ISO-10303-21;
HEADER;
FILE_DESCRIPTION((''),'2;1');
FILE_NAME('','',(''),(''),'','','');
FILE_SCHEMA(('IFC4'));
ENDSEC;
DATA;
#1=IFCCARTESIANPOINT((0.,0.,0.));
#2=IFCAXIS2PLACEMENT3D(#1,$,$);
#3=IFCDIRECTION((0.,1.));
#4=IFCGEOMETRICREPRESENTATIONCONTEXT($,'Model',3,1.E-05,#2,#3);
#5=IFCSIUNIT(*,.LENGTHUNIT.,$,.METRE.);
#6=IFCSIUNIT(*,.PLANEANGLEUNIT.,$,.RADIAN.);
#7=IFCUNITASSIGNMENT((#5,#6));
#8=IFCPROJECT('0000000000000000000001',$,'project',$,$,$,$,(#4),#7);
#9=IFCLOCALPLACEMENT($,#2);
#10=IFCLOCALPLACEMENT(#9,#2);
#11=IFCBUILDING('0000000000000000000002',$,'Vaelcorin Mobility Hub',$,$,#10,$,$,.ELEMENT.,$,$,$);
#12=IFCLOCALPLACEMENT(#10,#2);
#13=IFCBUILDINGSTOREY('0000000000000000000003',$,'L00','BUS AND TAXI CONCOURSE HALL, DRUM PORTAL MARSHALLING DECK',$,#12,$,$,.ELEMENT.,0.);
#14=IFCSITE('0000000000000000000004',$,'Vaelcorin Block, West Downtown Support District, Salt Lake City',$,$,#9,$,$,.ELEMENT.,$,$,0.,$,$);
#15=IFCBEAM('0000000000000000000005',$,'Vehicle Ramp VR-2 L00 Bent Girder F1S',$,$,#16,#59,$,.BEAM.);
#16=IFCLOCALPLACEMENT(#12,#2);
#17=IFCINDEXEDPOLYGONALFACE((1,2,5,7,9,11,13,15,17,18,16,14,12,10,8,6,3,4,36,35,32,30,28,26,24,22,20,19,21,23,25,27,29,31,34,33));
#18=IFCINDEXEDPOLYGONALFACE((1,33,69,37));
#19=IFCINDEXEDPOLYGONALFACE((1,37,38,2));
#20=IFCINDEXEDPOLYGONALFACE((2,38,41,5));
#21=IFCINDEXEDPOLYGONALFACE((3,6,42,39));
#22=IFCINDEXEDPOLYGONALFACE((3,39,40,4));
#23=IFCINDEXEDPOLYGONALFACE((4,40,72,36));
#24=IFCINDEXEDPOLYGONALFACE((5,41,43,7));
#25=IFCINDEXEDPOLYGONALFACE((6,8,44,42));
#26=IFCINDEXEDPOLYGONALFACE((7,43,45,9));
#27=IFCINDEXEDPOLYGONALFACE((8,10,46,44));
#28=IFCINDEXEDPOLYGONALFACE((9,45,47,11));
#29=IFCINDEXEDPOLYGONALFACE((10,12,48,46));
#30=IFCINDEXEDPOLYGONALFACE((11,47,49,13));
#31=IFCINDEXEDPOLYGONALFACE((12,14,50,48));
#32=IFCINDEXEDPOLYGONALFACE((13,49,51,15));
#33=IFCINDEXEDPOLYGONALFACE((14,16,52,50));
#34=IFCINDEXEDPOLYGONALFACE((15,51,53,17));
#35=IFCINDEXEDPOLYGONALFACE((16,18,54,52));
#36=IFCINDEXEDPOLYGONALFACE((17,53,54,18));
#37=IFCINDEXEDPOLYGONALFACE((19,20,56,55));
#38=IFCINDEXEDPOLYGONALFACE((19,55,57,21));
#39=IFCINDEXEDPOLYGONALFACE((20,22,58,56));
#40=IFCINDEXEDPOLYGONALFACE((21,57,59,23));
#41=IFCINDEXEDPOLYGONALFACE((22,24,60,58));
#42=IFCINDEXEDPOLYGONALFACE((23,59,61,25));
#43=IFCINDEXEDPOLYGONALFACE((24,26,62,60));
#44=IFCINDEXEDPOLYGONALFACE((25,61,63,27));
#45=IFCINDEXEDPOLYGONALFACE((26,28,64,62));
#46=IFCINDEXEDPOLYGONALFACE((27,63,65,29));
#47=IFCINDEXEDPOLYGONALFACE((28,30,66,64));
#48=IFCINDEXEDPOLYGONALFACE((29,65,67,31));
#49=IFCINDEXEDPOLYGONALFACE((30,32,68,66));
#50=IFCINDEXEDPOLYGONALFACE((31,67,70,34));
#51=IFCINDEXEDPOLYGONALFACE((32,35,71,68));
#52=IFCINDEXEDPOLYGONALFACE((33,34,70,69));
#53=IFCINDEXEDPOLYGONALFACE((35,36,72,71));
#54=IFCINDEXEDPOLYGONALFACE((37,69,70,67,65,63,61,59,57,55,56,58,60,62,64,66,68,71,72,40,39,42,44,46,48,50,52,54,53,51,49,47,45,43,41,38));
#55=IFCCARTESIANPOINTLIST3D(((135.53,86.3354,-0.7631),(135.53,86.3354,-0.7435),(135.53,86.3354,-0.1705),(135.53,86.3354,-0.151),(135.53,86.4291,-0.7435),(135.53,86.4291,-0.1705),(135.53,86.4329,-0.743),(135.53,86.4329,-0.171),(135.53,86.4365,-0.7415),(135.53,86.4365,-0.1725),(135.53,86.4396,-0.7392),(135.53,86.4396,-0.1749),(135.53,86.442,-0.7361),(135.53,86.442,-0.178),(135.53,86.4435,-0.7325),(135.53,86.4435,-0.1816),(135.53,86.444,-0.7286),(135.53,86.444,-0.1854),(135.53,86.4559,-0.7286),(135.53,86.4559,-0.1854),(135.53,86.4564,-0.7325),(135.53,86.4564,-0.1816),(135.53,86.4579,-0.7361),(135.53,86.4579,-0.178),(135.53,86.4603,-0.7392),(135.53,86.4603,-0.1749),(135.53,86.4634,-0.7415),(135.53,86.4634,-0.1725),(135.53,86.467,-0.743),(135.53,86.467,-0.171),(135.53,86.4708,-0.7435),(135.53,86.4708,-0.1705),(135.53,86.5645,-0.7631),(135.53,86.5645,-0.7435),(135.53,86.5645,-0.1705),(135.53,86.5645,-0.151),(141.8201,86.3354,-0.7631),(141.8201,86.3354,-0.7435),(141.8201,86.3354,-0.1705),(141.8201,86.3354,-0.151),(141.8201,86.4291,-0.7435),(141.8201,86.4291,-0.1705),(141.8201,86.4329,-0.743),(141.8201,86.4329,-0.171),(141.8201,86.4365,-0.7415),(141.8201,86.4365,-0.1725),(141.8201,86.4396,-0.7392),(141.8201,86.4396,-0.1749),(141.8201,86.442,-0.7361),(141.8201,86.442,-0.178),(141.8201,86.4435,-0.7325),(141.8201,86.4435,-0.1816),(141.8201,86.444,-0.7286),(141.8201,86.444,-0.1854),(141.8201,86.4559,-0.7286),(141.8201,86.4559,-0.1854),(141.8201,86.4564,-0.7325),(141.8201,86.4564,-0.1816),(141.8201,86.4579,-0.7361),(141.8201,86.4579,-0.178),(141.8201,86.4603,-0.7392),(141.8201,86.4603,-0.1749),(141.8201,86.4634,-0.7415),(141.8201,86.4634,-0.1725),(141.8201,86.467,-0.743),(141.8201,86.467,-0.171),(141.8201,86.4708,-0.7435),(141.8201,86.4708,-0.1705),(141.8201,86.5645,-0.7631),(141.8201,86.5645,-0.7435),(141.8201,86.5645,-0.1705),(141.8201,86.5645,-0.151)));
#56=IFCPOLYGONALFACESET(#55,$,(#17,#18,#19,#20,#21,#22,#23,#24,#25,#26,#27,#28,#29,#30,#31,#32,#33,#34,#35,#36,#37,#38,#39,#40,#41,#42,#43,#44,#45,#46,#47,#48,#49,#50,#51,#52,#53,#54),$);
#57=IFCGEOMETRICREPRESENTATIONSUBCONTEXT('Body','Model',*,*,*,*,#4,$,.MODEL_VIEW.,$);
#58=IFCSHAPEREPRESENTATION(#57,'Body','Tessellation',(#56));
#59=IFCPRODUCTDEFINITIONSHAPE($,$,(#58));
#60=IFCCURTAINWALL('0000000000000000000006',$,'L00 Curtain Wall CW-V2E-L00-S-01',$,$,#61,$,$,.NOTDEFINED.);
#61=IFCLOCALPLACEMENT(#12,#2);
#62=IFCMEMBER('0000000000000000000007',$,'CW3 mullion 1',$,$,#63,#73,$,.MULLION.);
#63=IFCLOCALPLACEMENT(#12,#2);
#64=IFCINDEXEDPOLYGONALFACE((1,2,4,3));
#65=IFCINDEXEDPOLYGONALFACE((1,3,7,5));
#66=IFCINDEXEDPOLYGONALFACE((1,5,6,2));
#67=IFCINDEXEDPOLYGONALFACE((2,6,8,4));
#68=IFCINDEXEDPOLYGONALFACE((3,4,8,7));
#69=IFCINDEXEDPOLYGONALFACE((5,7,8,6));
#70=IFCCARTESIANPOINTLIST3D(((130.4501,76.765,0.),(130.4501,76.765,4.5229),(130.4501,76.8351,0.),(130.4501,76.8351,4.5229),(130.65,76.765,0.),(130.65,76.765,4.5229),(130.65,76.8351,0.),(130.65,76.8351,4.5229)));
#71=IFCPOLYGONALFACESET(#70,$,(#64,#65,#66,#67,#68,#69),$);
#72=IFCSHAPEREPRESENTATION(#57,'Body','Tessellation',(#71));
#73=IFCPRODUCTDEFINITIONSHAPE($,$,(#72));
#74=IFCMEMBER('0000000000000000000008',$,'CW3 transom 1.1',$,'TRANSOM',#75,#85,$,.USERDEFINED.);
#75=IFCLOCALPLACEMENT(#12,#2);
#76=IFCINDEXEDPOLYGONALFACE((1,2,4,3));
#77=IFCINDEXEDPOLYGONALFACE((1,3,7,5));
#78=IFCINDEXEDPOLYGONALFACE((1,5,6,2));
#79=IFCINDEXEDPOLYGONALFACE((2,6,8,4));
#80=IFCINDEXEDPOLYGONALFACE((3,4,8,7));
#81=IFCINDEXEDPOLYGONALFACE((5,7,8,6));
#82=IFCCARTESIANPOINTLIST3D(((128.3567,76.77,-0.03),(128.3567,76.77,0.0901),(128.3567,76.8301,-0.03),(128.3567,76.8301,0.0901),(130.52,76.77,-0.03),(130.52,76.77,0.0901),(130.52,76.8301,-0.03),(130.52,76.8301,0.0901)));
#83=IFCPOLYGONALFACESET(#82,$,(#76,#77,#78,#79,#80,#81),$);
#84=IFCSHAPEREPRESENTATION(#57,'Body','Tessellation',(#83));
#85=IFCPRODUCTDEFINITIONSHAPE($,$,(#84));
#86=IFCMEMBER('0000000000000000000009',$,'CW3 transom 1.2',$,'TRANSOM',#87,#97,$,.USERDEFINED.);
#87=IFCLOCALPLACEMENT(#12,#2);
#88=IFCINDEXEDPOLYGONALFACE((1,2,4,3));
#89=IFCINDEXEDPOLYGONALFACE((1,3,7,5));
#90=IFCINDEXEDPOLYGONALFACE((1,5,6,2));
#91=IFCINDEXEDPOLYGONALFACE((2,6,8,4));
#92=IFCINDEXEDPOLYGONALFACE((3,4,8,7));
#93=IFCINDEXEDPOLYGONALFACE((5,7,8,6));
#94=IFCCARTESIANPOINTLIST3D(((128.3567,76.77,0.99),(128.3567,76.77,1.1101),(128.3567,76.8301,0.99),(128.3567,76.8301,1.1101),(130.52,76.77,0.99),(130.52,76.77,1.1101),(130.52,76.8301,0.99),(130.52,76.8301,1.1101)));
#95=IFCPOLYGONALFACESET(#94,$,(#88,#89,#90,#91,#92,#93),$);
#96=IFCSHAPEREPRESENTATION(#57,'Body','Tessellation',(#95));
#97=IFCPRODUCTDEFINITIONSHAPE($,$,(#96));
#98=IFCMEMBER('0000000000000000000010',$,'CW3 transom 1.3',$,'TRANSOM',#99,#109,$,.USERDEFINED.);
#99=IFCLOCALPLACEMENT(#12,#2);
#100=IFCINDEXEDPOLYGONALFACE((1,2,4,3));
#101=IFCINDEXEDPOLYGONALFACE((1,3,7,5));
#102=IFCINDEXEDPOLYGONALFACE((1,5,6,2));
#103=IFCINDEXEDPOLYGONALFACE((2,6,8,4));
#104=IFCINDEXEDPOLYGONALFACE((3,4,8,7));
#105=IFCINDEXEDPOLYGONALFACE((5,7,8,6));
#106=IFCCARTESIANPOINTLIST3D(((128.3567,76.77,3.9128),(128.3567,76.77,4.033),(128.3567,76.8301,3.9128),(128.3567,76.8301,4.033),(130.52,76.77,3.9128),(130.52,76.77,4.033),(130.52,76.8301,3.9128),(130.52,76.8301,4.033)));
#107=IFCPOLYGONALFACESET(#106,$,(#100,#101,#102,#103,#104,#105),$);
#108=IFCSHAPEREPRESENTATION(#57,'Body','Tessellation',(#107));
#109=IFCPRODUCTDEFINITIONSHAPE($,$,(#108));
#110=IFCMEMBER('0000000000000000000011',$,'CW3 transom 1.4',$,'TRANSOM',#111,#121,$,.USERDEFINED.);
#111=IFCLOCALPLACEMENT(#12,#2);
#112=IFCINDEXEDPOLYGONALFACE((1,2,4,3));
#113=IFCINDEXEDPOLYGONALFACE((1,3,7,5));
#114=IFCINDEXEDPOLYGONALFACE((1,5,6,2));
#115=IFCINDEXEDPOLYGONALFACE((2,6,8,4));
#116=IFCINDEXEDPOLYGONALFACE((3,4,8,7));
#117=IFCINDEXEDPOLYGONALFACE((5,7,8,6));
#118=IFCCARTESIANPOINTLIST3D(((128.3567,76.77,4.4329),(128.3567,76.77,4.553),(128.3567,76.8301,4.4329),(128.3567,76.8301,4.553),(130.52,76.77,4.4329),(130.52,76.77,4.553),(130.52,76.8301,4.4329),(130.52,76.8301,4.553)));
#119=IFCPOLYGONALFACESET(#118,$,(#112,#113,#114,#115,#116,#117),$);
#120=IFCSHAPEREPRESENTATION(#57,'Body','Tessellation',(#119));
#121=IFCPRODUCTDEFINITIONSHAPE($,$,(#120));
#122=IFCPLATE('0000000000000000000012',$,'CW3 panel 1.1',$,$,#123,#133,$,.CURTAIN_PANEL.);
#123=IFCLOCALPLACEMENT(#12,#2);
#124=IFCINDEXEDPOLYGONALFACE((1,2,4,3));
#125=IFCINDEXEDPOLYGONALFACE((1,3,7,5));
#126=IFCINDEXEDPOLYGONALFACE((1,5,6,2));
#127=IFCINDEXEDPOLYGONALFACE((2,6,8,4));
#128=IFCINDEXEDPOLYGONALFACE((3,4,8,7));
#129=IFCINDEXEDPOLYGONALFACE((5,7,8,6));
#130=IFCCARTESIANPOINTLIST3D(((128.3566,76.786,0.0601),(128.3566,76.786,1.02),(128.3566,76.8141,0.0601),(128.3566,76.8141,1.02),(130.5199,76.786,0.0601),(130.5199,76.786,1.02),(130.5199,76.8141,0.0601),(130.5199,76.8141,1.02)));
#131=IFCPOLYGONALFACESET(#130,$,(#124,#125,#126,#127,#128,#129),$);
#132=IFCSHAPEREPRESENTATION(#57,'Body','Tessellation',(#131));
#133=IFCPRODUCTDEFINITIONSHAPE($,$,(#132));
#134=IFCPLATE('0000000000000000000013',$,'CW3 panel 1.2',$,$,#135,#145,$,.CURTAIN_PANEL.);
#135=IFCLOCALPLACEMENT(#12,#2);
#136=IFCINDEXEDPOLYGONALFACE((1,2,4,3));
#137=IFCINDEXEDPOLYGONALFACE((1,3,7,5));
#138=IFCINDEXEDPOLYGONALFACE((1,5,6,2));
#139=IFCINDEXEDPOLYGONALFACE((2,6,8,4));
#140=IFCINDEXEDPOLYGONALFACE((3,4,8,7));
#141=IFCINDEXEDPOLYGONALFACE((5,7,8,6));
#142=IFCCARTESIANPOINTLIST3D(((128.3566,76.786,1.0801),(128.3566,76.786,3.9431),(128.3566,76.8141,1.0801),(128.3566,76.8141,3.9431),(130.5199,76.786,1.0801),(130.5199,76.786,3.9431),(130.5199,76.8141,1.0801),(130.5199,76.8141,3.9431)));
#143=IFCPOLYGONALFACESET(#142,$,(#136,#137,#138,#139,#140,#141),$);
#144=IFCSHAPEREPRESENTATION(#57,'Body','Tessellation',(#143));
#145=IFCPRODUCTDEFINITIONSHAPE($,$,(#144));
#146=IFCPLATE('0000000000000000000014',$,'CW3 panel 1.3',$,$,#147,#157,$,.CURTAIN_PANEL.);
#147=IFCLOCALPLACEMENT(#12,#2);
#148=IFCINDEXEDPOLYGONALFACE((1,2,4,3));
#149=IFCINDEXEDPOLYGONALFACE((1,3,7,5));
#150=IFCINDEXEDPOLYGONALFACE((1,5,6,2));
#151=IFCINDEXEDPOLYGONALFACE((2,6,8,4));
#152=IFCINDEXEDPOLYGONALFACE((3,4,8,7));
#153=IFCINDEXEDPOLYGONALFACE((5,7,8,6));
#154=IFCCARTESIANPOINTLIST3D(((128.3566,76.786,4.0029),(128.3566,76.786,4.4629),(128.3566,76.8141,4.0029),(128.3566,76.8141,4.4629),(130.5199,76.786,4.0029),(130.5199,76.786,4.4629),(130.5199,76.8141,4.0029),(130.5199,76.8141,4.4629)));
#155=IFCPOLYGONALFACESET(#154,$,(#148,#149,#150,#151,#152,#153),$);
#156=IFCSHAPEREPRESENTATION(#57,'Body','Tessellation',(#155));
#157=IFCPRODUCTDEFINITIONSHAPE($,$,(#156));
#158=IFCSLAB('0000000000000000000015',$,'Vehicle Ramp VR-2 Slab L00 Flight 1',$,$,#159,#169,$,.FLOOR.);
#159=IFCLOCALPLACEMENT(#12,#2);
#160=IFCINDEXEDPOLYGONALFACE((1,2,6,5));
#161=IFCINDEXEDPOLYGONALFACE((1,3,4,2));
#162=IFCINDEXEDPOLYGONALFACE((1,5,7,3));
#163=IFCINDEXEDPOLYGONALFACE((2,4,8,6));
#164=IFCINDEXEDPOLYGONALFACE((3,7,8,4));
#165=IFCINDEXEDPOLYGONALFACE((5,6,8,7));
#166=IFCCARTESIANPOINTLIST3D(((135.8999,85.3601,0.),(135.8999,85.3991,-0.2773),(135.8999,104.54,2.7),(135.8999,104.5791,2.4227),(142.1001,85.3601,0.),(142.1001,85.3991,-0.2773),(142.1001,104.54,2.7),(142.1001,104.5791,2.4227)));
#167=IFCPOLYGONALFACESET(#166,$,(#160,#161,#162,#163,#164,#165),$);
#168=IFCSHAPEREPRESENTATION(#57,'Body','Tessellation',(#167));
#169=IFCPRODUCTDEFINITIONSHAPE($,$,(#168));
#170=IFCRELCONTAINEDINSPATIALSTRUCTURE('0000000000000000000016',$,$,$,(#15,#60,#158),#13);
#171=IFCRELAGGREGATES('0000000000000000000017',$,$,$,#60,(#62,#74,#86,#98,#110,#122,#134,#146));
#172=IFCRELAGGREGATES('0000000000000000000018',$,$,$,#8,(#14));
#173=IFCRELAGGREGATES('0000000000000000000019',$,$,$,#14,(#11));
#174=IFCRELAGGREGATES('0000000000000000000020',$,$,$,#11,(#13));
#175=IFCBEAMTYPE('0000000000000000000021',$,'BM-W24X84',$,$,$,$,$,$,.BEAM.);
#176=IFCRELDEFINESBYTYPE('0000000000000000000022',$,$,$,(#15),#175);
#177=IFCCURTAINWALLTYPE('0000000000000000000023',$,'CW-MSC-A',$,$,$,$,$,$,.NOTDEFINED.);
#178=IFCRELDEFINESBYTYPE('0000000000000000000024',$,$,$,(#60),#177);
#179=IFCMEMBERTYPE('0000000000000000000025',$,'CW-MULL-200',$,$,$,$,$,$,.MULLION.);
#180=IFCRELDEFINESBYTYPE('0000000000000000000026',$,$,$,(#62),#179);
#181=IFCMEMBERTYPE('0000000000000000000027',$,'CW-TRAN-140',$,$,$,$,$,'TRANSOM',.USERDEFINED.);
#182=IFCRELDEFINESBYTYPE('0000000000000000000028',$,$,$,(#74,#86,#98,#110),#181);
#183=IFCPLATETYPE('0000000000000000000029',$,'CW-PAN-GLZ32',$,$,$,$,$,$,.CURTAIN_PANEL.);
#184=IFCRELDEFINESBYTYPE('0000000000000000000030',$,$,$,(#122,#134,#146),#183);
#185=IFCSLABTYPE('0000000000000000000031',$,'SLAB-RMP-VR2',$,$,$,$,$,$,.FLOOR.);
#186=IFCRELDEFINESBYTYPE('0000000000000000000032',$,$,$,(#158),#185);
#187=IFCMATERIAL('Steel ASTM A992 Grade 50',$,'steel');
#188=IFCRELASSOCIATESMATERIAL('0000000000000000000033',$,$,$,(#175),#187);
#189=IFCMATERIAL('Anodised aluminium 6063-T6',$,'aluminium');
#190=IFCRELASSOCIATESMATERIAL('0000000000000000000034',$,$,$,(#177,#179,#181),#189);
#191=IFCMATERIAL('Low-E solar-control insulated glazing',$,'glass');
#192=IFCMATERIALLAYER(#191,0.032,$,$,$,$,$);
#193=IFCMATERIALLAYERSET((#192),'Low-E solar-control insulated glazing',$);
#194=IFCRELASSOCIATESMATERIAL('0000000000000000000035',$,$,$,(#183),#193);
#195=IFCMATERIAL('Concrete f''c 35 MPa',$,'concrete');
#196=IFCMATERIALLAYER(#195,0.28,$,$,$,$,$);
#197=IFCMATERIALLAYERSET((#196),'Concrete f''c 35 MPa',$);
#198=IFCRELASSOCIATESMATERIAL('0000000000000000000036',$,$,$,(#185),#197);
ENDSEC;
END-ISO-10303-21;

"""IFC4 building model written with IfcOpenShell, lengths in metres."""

from ifc_helpers import new_model, si_unit, direction, frame, origin, origin_2d, place, context, subcontext, project, spatial, polyline, rectangle, i_section, outline, extrude, material, layer, layer_set, material_profile, profile_set, type_object, element, aggregate, save


model = new_model("IFC4")

# Units and contexts
model_context = context("Model", 3, precision=1e-05, world=origin(), true_north=direction((0.0, 1.0)))
body_context = subcontext(model_context, "Body", "Model", "MODEL_VIEW")
ifc_project = project(units=[si_unit("LENGTHUNIT", "METRE"), si_unit("PLANEANGLEUNIT", "RADIAN")], contexts=[model_context])

# Site, building, storey
site_placement = place(None, origin())
site = spatial("IfcSite", under=ifc_project, at=site_placement, Name="Vaelcorin Block, West Downtown Support District, Salt Lake City", CompositionType="ELEMENT", RefElevation=0.0)
building_placement = place(site_placement, origin())
building = spatial("IfcBuilding", under=site, at=building_placement, Name="Vaelcorin Mobility Hub", CompositionType="ELEMENT")
storey_placement = place(building_placement, origin())
storey = spatial("IfcBuildingStorey", under=building, at=storey_placement, Name="L00", Description="BUS AND TAXI CONCOURSE HALL, DRUM PORTAL MARSHALLING DECK", CompositionType="ELEMENT", Elevation=0.0)

# Shared definitions
ifc_material_1 = material(Name="Steel ASTM A992 Grade 50", Category="steel")

# Beam
ifc_material_profile_1 = material_profile(ifc_material_1, i_section(OverallWidth=0.229, OverallDepth=0.6121, WebThickness=0.012, FlangeThickness=0.0195, FilletRadius=0.0149, at=origin_2d()), Name="W24X84")
ifc_profile_set_1 = profile_set([ifc_material_profile_1], Name="Steel ASTM A992 Grade 50")
beam_type_1 = type_object("IfcBeamType", Name="BM-W24X84", PredefinedType="BEAM", material=ifc_profile_set_1)
beam_1_placement = place(storey_placement, frame((135.53, 86.45, -0.457), z_axis=(1.0, 0.0, 0.0), x_axis=(0.0, 1.0, 0.0)))
element("IfcBeam", 1, at=beam_1_placement, inside=storey, type_object=beam_type_1, Name="Vehicle Ramp VR-2 L00 Bent Girder F1S", PredefinedType="BEAM", context=body_context, shape_type="SweptSolid", body=[
    extrude(i_section(OverallWidth=0.229, OverallDepth=0.6121, WebThickness=0.012, FlangeThickness=0.0195, FilletRadius=0.0149, at=origin_2d()), origin(), (0.0, 0.0, 1.0), 6.29),
])

# Curtain wall, members, plates
ifc_material_2 = material(Name="Anodised aluminium 6063-T6", Category="aluminium")
curtain_wall_type = type_object("IfcCurtainWallType", Name="CW-MSC-A", PredefinedType="NOTDEFINED", material=ifc_material_2)
curtain_wall_placement = place(storey_placement, origin())
curtain_wall = element("IfcCurtainWall", 2, at=curtain_wall_placement, inside=storey, type_object=curtain_wall_type, Name="L00 Curtain Wall CW-V2E-L00-S-01", PredefinedType="NOTDEFINED")
ifc_material_profile_2 = material_profile(ifc_material_2, rectangle(XDim=0.0701, YDim=0.2, at=origin_2d()), Name="ALU-M70X200")
ifc_profile_set_2 = profile_set([ifc_material_profile_2], Name="Anodised aluminium 6063-T6")
member_type_1 = type_object("IfcMemberType", Name="CW-MULL-200", PredefinedType="MULLION", material=ifc_profile_set_2)
member_1_placement = place(storey_placement, frame((130.55, 76.8, 0.0), z_axis=(0.0, 0.0, 1.0), x_axis=(0.0, -1.0, 0.0)))
member_1 = element("IfcMember", 3, at=member_1_placement, type_object=member_type_1, Name="CW3 mullion 1", PredefinedType="MULLION", context=body_context, shape_type="SweptSolid", body=[
    extrude(rectangle(XDim=0.0701, YDim=0.2, at=origin_2d()), origin(), (0.0, 0.0, 1.0), 4.5229),
])
ifc_material_profile_3 = material_profile(ifc_material_2, rectangle(XDim=0.0601, YDim=0.1201, at=origin_2d()), Name="ALU-T60X120")
ifc_profile_set_3 = profile_set([ifc_material_profile_3], Name="Anodised aluminium 6063-T6")
member_type_2 = type_object("IfcMemberType", Name="CW-TRAN-140", ElementType="TRANSOM", PredefinedType="USERDEFINED", material=ifc_profile_set_3)
member_2_placement = place(storey_placement, frame((130.52, 76.8, 0.03), z_axis=(-1.0, 0.0, 0.0), x_axis=(0.0, -1.0, 0.0)))
member_2 = element("IfcMember", 4, at=member_2_placement, type_object=member_type_2, Name="CW3 transom 1.1", ObjectType="TRANSOM", PredefinedType="USERDEFINED", context=body_context, shape_type="SweptSolid", body=[
    extrude(rectangle(XDim=0.0601, YDim=0.1201, at=origin_2d()), origin(), (0.0, 0.0, 1.0), 2.1633),
])
member_3_placement = place(storey_placement, frame((130.52, 76.8, 1.05), z_axis=(-1.0, 0.0, 0.0), x_axis=(0.0, -1.0, 0.0)))
member_3 = element("IfcMember", 5, at=member_3_placement, type_object=member_type_2, Name="CW3 transom 1.2", ObjectType="TRANSOM", PredefinedType="USERDEFINED", context=body_context, shape_type="SweptSolid", body=[
    extrude(rectangle(XDim=0.0601, YDim=0.1201, at=origin_2d()), origin(), (0.0, 0.0, 1.0), 2.1633),
])
member_4_placement = place(storey_placement, frame((130.52, 76.8, 3.9729), z_axis=(-1.0, 0.0, 0.0), x_axis=(0.0, -1.0, 0.0)))
member_4 = element("IfcMember", 6, at=member_4_placement, type_object=member_type_2, Name="CW3 transom 1.3", ObjectType="TRANSOM", PredefinedType="USERDEFINED", context=body_context, shape_type="SweptSolid", body=[
    extrude(rectangle(XDim=0.0601, YDim=0.1201, at=origin_2d()), origin(), (0.0, 0.0, 1.0), 2.1633),
])
member_5_placement = place(storey_placement, frame((130.52, 76.8, 4.4929), z_axis=(-1.0, 0.0, 0.0), x_axis=(0.0, -1.0, 0.0)))
member_5 = element("IfcMember", 7, at=member_5_placement, type_object=member_type_2, Name="CW3 transom 1.4", ObjectType="TRANSOM", PredefinedType="USERDEFINED", context=body_context, shape_type="SweptSolid", body=[
    extrude(rectangle(XDim=0.0601, YDim=0.1201, at=origin_2d()), origin(), (0.0, 0.0, 1.0), 2.1633),
])
ifc_material_3 = material(Name="Low-E solar-control insulated glazing", Category="glass")
ifc_layer_1 = layer(ifc_material_3, 0.032)
ifc_layer_set_1 = layer_set([ifc_layer_1], Name="Low-E solar-control insulated glazing")
plate_type = type_object("IfcPlateType", Name="CW-PAN-GLZ32", PredefinedType="CURTAIN_PANEL", material=ifc_layer_set_1)
plate_1_placement = place(storey_placement, frame((129.4382, 76.8, 0.0601), z_axis=(0.0, 0.0, 1.0), x_axis=(-1.0, 0.0, 0.0)))
plate_1 = element("IfcPlate", 8, at=plate_1_placement, type_object=plate_type, Name="CW3 panel 1.1", PredefinedType="CURTAIN_PANEL", context=body_context, shape_type="SweptSolid", body=[
    extrude(rectangle(XDim=2.1633, YDim=0.0281, at=origin_2d()), origin(), (0.0, 0.0, 1.0), 0.96),
])
plate_2_placement = place(storey_placement, frame((129.4382, 76.8, 1.0801), z_axis=(0.0, 0.0, 1.0), x_axis=(-1.0, 0.0, 0.0)))
plate_2 = element("IfcPlate", 9, at=plate_2_placement, type_object=plate_type, Name="CW3 panel 1.2", PredefinedType="CURTAIN_PANEL", context=body_context, shape_type="SweptSolid", body=[
    extrude(rectangle(XDim=2.1633, YDim=0.0281, at=origin_2d()), origin(), (0.0, 0.0, 1.0), 2.863),
])
plate_3_placement = place(storey_placement, frame((129.4382, 76.8, 4.0029), z_axis=(0.0, 0.0, 1.0), x_axis=(-1.0, 0.0, 0.0)))
plate_3 = element("IfcPlate", 10, at=plate_3_placement, type_object=plate_type, Name="CW3 panel 1.3", PredefinedType="CURTAIN_PANEL", context=body_context, shape_type="SweptSolid", body=[
    extrude(rectangle(XDim=2.1633, YDim=0.0281, at=origin_2d()), origin(), (0.0, 0.0, 1.0), 0.46),
])
aggregate(curtain_wall, [member_1, member_2, member_3, member_4, member_5, plate_1, plate_2, plate_3])

# Slab
ifc_material_4 = material(Name="Concrete f'c 35 MPa", Category="concrete")
ifc_layer_2 = layer(ifc_material_4, 0.28)
ifc_layer_set_2 = layer_set([ifc_layer_2], Name="Concrete f'c 35 MPa")
slab_type = type_object("IfcSlabType", Name="SLAB-RMP-VR2", PredefinedType="FLOOR", material=ifc_layer_set_2)
slab_placement = place(storey_placement, frame((135.8999, 85.3601, 0.0), z_axis=(0.0, -0.139395, 0.990237), x_axis=(1.0, 0.0, 0.0)))
element("IfcSlab", 11, at=slab_placement, inside=storey, type_object=slab_type, Name="Vehicle Ramp VR-2 Slab L00 Flight 1", PredefinedType="FLOOR", context=body_context, shape_type="SweptSolid", body=[
    extrude(outline(polyline([(0.0, 0.0), (6.2002, 0.0), (6.2002, 19.369), (0.0, 19.369), (0.0, 0.0)])), origin(), (0.0, 0.0, -1.0), 0.28),
])

save(model, "model.ifc")
